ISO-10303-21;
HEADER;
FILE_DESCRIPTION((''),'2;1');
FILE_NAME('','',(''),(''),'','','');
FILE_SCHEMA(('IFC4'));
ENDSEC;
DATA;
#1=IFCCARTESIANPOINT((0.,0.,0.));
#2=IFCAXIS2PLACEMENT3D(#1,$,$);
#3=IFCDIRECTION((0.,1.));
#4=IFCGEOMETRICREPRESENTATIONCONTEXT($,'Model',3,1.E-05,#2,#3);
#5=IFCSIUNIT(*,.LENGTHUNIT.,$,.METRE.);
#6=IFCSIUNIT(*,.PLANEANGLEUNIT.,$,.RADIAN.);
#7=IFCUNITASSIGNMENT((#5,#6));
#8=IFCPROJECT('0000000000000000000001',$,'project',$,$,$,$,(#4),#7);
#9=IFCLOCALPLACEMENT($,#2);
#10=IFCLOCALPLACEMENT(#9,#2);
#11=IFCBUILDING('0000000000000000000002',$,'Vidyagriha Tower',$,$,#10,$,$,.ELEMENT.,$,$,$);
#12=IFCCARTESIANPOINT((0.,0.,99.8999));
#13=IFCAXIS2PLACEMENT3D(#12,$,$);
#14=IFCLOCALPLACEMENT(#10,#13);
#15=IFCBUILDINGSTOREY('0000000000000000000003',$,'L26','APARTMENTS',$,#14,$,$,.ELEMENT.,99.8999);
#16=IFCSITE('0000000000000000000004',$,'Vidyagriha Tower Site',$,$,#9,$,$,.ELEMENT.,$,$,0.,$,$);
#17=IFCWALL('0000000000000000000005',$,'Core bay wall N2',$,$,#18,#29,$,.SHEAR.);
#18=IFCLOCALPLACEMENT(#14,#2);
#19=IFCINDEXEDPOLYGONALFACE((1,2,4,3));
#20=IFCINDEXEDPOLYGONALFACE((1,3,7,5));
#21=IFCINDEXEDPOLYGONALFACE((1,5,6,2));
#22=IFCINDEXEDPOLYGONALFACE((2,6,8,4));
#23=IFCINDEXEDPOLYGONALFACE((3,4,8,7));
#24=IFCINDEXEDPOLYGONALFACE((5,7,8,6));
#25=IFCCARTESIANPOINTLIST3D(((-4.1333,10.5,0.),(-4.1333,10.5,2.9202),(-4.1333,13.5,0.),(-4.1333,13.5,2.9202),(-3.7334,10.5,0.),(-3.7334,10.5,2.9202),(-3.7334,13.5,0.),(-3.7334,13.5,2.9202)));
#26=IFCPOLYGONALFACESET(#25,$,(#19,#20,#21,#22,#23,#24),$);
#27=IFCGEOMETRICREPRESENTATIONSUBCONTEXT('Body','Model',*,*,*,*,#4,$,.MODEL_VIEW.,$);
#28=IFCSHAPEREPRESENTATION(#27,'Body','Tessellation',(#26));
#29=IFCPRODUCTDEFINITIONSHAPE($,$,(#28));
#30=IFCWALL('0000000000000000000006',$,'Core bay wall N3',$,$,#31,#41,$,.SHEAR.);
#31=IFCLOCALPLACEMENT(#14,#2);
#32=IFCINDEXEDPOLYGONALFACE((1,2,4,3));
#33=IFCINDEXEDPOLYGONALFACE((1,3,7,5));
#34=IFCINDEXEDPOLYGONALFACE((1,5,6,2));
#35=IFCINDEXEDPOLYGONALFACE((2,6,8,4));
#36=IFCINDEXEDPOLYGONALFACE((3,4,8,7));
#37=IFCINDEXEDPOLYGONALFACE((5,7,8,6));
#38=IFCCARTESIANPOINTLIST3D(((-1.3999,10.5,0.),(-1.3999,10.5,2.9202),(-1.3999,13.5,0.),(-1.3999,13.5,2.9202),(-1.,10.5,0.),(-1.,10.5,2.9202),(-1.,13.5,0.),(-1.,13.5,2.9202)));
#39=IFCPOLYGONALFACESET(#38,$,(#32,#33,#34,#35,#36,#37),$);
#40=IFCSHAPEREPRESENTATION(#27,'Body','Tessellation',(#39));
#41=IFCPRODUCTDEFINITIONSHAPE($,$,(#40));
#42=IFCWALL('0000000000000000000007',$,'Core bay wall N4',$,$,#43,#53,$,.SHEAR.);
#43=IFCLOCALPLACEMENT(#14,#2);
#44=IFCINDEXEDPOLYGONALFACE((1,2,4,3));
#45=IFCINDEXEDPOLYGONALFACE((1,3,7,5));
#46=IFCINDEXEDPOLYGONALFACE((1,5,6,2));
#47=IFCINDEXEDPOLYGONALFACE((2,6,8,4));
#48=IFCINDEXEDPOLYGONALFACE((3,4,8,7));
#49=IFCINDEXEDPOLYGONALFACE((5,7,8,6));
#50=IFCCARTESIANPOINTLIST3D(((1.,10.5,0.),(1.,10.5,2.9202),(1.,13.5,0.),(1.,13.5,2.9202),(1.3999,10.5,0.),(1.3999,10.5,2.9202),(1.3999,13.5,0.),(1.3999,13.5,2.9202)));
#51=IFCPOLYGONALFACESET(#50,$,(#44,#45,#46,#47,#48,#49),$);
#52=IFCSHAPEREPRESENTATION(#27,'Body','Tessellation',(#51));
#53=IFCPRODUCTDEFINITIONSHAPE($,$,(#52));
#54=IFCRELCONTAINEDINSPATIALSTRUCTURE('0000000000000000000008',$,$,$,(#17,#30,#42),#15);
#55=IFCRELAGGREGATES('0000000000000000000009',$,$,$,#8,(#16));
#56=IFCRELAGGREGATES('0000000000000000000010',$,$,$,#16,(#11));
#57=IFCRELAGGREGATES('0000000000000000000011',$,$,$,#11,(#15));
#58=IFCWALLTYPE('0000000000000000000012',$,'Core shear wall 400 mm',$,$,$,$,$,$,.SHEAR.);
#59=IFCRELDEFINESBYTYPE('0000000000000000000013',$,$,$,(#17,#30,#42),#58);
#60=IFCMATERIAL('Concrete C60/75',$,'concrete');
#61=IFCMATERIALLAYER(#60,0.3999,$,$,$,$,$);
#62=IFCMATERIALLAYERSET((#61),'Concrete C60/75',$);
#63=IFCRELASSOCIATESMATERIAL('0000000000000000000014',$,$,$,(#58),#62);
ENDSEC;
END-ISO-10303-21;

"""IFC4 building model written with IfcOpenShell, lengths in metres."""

from ifc_helpers import new_model, si_unit, direction, frame, frame_2d, origin, place, context, subcontext, project, spatial, rectangle, extrude, material, layer, layer_set, type_object, element, save


model = new_model("IFC4")

# Units and contexts
model_context = context("Model", 3, precision=1e-05, world=origin(), true_north=direction((0.0, 1.0)))
body_context = subcontext(model_context, "Body", "Model", "MODEL_VIEW")
ifc_project = project(units=[si_unit("LENGTHUNIT", "METRE"), si_unit("PLANEANGLEUNIT", "RADIAN")], contexts=[model_context])

# Site, building, storey
site_placement = place(None, origin())
site = spatial("IfcSite", under=ifc_project, at=site_placement, Name="Vidyagriha Tower Site", CompositionType="ELEMENT", RefElevation=0.0)
building_placement = place(site_placement, origin())
building = spatial("IfcBuilding", under=site, at=building_placement, Name="Vidyagriha Tower", CompositionType="ELEMENT")
storey_placement = place(building_placement, frame((0.0, 0.0, 99.8999)))
storey = spatial("IfcBuildingStorey", under=building, at=storey_placement, Name="L26", Description="APARTMENTS", CompositionType="ELEMENT", Elevation=99.8999)

# Shared definitions
ifc_material_1 = material(Name="Concrete C60/75", Category="concrete")
ifc_layer_1 = layer(ifc_material_1, 0.3999)
ifc_layer_set_1 = layer_set([ifc_layer_1], Name="Concrete C60/75")
wall_type = type_object("IfcWallType", Name="Core shear wall 400 mm", PredefinedType="SHEAR", material=ifc_layer_set_1)

# Walls
for number, where, z_axis, x_axis, name in (
    (1, (-3.9333, 10.5, 0.0), (0.0, 0.0, 1.0), (0.0, 1.0, 0.0), "Core bay wall N2"),
    (2, (-1.2, 10.5, 0.0), (0.0, 0.0, 1.0), (0.0, 1.0, 0.0), "Core bay wall N3"),
    (3, (1.2, 10.5, 0.0), (0.0, 0.0, 1.0), (0.0, 1.0, 0.0), "Core bay wall N4"),
):
    element("IfcWall", number, at=place(storey_placement, frame(where, z_axis=z_axis, x_axis=x_axis)), inside=storey, type_object=wall_type, Name=name, PredefinedType="SHEAR", context=body_context, shape_type="SweptSolid", body=[
        extrude(rectangle(XDim=3.0, YDim=0.3999, at=frame_2d((1.5, 0.0))), origin(), (0.0, 0.0, 1.0), 2.9202),
    ])

save(model, "model.ifc")
